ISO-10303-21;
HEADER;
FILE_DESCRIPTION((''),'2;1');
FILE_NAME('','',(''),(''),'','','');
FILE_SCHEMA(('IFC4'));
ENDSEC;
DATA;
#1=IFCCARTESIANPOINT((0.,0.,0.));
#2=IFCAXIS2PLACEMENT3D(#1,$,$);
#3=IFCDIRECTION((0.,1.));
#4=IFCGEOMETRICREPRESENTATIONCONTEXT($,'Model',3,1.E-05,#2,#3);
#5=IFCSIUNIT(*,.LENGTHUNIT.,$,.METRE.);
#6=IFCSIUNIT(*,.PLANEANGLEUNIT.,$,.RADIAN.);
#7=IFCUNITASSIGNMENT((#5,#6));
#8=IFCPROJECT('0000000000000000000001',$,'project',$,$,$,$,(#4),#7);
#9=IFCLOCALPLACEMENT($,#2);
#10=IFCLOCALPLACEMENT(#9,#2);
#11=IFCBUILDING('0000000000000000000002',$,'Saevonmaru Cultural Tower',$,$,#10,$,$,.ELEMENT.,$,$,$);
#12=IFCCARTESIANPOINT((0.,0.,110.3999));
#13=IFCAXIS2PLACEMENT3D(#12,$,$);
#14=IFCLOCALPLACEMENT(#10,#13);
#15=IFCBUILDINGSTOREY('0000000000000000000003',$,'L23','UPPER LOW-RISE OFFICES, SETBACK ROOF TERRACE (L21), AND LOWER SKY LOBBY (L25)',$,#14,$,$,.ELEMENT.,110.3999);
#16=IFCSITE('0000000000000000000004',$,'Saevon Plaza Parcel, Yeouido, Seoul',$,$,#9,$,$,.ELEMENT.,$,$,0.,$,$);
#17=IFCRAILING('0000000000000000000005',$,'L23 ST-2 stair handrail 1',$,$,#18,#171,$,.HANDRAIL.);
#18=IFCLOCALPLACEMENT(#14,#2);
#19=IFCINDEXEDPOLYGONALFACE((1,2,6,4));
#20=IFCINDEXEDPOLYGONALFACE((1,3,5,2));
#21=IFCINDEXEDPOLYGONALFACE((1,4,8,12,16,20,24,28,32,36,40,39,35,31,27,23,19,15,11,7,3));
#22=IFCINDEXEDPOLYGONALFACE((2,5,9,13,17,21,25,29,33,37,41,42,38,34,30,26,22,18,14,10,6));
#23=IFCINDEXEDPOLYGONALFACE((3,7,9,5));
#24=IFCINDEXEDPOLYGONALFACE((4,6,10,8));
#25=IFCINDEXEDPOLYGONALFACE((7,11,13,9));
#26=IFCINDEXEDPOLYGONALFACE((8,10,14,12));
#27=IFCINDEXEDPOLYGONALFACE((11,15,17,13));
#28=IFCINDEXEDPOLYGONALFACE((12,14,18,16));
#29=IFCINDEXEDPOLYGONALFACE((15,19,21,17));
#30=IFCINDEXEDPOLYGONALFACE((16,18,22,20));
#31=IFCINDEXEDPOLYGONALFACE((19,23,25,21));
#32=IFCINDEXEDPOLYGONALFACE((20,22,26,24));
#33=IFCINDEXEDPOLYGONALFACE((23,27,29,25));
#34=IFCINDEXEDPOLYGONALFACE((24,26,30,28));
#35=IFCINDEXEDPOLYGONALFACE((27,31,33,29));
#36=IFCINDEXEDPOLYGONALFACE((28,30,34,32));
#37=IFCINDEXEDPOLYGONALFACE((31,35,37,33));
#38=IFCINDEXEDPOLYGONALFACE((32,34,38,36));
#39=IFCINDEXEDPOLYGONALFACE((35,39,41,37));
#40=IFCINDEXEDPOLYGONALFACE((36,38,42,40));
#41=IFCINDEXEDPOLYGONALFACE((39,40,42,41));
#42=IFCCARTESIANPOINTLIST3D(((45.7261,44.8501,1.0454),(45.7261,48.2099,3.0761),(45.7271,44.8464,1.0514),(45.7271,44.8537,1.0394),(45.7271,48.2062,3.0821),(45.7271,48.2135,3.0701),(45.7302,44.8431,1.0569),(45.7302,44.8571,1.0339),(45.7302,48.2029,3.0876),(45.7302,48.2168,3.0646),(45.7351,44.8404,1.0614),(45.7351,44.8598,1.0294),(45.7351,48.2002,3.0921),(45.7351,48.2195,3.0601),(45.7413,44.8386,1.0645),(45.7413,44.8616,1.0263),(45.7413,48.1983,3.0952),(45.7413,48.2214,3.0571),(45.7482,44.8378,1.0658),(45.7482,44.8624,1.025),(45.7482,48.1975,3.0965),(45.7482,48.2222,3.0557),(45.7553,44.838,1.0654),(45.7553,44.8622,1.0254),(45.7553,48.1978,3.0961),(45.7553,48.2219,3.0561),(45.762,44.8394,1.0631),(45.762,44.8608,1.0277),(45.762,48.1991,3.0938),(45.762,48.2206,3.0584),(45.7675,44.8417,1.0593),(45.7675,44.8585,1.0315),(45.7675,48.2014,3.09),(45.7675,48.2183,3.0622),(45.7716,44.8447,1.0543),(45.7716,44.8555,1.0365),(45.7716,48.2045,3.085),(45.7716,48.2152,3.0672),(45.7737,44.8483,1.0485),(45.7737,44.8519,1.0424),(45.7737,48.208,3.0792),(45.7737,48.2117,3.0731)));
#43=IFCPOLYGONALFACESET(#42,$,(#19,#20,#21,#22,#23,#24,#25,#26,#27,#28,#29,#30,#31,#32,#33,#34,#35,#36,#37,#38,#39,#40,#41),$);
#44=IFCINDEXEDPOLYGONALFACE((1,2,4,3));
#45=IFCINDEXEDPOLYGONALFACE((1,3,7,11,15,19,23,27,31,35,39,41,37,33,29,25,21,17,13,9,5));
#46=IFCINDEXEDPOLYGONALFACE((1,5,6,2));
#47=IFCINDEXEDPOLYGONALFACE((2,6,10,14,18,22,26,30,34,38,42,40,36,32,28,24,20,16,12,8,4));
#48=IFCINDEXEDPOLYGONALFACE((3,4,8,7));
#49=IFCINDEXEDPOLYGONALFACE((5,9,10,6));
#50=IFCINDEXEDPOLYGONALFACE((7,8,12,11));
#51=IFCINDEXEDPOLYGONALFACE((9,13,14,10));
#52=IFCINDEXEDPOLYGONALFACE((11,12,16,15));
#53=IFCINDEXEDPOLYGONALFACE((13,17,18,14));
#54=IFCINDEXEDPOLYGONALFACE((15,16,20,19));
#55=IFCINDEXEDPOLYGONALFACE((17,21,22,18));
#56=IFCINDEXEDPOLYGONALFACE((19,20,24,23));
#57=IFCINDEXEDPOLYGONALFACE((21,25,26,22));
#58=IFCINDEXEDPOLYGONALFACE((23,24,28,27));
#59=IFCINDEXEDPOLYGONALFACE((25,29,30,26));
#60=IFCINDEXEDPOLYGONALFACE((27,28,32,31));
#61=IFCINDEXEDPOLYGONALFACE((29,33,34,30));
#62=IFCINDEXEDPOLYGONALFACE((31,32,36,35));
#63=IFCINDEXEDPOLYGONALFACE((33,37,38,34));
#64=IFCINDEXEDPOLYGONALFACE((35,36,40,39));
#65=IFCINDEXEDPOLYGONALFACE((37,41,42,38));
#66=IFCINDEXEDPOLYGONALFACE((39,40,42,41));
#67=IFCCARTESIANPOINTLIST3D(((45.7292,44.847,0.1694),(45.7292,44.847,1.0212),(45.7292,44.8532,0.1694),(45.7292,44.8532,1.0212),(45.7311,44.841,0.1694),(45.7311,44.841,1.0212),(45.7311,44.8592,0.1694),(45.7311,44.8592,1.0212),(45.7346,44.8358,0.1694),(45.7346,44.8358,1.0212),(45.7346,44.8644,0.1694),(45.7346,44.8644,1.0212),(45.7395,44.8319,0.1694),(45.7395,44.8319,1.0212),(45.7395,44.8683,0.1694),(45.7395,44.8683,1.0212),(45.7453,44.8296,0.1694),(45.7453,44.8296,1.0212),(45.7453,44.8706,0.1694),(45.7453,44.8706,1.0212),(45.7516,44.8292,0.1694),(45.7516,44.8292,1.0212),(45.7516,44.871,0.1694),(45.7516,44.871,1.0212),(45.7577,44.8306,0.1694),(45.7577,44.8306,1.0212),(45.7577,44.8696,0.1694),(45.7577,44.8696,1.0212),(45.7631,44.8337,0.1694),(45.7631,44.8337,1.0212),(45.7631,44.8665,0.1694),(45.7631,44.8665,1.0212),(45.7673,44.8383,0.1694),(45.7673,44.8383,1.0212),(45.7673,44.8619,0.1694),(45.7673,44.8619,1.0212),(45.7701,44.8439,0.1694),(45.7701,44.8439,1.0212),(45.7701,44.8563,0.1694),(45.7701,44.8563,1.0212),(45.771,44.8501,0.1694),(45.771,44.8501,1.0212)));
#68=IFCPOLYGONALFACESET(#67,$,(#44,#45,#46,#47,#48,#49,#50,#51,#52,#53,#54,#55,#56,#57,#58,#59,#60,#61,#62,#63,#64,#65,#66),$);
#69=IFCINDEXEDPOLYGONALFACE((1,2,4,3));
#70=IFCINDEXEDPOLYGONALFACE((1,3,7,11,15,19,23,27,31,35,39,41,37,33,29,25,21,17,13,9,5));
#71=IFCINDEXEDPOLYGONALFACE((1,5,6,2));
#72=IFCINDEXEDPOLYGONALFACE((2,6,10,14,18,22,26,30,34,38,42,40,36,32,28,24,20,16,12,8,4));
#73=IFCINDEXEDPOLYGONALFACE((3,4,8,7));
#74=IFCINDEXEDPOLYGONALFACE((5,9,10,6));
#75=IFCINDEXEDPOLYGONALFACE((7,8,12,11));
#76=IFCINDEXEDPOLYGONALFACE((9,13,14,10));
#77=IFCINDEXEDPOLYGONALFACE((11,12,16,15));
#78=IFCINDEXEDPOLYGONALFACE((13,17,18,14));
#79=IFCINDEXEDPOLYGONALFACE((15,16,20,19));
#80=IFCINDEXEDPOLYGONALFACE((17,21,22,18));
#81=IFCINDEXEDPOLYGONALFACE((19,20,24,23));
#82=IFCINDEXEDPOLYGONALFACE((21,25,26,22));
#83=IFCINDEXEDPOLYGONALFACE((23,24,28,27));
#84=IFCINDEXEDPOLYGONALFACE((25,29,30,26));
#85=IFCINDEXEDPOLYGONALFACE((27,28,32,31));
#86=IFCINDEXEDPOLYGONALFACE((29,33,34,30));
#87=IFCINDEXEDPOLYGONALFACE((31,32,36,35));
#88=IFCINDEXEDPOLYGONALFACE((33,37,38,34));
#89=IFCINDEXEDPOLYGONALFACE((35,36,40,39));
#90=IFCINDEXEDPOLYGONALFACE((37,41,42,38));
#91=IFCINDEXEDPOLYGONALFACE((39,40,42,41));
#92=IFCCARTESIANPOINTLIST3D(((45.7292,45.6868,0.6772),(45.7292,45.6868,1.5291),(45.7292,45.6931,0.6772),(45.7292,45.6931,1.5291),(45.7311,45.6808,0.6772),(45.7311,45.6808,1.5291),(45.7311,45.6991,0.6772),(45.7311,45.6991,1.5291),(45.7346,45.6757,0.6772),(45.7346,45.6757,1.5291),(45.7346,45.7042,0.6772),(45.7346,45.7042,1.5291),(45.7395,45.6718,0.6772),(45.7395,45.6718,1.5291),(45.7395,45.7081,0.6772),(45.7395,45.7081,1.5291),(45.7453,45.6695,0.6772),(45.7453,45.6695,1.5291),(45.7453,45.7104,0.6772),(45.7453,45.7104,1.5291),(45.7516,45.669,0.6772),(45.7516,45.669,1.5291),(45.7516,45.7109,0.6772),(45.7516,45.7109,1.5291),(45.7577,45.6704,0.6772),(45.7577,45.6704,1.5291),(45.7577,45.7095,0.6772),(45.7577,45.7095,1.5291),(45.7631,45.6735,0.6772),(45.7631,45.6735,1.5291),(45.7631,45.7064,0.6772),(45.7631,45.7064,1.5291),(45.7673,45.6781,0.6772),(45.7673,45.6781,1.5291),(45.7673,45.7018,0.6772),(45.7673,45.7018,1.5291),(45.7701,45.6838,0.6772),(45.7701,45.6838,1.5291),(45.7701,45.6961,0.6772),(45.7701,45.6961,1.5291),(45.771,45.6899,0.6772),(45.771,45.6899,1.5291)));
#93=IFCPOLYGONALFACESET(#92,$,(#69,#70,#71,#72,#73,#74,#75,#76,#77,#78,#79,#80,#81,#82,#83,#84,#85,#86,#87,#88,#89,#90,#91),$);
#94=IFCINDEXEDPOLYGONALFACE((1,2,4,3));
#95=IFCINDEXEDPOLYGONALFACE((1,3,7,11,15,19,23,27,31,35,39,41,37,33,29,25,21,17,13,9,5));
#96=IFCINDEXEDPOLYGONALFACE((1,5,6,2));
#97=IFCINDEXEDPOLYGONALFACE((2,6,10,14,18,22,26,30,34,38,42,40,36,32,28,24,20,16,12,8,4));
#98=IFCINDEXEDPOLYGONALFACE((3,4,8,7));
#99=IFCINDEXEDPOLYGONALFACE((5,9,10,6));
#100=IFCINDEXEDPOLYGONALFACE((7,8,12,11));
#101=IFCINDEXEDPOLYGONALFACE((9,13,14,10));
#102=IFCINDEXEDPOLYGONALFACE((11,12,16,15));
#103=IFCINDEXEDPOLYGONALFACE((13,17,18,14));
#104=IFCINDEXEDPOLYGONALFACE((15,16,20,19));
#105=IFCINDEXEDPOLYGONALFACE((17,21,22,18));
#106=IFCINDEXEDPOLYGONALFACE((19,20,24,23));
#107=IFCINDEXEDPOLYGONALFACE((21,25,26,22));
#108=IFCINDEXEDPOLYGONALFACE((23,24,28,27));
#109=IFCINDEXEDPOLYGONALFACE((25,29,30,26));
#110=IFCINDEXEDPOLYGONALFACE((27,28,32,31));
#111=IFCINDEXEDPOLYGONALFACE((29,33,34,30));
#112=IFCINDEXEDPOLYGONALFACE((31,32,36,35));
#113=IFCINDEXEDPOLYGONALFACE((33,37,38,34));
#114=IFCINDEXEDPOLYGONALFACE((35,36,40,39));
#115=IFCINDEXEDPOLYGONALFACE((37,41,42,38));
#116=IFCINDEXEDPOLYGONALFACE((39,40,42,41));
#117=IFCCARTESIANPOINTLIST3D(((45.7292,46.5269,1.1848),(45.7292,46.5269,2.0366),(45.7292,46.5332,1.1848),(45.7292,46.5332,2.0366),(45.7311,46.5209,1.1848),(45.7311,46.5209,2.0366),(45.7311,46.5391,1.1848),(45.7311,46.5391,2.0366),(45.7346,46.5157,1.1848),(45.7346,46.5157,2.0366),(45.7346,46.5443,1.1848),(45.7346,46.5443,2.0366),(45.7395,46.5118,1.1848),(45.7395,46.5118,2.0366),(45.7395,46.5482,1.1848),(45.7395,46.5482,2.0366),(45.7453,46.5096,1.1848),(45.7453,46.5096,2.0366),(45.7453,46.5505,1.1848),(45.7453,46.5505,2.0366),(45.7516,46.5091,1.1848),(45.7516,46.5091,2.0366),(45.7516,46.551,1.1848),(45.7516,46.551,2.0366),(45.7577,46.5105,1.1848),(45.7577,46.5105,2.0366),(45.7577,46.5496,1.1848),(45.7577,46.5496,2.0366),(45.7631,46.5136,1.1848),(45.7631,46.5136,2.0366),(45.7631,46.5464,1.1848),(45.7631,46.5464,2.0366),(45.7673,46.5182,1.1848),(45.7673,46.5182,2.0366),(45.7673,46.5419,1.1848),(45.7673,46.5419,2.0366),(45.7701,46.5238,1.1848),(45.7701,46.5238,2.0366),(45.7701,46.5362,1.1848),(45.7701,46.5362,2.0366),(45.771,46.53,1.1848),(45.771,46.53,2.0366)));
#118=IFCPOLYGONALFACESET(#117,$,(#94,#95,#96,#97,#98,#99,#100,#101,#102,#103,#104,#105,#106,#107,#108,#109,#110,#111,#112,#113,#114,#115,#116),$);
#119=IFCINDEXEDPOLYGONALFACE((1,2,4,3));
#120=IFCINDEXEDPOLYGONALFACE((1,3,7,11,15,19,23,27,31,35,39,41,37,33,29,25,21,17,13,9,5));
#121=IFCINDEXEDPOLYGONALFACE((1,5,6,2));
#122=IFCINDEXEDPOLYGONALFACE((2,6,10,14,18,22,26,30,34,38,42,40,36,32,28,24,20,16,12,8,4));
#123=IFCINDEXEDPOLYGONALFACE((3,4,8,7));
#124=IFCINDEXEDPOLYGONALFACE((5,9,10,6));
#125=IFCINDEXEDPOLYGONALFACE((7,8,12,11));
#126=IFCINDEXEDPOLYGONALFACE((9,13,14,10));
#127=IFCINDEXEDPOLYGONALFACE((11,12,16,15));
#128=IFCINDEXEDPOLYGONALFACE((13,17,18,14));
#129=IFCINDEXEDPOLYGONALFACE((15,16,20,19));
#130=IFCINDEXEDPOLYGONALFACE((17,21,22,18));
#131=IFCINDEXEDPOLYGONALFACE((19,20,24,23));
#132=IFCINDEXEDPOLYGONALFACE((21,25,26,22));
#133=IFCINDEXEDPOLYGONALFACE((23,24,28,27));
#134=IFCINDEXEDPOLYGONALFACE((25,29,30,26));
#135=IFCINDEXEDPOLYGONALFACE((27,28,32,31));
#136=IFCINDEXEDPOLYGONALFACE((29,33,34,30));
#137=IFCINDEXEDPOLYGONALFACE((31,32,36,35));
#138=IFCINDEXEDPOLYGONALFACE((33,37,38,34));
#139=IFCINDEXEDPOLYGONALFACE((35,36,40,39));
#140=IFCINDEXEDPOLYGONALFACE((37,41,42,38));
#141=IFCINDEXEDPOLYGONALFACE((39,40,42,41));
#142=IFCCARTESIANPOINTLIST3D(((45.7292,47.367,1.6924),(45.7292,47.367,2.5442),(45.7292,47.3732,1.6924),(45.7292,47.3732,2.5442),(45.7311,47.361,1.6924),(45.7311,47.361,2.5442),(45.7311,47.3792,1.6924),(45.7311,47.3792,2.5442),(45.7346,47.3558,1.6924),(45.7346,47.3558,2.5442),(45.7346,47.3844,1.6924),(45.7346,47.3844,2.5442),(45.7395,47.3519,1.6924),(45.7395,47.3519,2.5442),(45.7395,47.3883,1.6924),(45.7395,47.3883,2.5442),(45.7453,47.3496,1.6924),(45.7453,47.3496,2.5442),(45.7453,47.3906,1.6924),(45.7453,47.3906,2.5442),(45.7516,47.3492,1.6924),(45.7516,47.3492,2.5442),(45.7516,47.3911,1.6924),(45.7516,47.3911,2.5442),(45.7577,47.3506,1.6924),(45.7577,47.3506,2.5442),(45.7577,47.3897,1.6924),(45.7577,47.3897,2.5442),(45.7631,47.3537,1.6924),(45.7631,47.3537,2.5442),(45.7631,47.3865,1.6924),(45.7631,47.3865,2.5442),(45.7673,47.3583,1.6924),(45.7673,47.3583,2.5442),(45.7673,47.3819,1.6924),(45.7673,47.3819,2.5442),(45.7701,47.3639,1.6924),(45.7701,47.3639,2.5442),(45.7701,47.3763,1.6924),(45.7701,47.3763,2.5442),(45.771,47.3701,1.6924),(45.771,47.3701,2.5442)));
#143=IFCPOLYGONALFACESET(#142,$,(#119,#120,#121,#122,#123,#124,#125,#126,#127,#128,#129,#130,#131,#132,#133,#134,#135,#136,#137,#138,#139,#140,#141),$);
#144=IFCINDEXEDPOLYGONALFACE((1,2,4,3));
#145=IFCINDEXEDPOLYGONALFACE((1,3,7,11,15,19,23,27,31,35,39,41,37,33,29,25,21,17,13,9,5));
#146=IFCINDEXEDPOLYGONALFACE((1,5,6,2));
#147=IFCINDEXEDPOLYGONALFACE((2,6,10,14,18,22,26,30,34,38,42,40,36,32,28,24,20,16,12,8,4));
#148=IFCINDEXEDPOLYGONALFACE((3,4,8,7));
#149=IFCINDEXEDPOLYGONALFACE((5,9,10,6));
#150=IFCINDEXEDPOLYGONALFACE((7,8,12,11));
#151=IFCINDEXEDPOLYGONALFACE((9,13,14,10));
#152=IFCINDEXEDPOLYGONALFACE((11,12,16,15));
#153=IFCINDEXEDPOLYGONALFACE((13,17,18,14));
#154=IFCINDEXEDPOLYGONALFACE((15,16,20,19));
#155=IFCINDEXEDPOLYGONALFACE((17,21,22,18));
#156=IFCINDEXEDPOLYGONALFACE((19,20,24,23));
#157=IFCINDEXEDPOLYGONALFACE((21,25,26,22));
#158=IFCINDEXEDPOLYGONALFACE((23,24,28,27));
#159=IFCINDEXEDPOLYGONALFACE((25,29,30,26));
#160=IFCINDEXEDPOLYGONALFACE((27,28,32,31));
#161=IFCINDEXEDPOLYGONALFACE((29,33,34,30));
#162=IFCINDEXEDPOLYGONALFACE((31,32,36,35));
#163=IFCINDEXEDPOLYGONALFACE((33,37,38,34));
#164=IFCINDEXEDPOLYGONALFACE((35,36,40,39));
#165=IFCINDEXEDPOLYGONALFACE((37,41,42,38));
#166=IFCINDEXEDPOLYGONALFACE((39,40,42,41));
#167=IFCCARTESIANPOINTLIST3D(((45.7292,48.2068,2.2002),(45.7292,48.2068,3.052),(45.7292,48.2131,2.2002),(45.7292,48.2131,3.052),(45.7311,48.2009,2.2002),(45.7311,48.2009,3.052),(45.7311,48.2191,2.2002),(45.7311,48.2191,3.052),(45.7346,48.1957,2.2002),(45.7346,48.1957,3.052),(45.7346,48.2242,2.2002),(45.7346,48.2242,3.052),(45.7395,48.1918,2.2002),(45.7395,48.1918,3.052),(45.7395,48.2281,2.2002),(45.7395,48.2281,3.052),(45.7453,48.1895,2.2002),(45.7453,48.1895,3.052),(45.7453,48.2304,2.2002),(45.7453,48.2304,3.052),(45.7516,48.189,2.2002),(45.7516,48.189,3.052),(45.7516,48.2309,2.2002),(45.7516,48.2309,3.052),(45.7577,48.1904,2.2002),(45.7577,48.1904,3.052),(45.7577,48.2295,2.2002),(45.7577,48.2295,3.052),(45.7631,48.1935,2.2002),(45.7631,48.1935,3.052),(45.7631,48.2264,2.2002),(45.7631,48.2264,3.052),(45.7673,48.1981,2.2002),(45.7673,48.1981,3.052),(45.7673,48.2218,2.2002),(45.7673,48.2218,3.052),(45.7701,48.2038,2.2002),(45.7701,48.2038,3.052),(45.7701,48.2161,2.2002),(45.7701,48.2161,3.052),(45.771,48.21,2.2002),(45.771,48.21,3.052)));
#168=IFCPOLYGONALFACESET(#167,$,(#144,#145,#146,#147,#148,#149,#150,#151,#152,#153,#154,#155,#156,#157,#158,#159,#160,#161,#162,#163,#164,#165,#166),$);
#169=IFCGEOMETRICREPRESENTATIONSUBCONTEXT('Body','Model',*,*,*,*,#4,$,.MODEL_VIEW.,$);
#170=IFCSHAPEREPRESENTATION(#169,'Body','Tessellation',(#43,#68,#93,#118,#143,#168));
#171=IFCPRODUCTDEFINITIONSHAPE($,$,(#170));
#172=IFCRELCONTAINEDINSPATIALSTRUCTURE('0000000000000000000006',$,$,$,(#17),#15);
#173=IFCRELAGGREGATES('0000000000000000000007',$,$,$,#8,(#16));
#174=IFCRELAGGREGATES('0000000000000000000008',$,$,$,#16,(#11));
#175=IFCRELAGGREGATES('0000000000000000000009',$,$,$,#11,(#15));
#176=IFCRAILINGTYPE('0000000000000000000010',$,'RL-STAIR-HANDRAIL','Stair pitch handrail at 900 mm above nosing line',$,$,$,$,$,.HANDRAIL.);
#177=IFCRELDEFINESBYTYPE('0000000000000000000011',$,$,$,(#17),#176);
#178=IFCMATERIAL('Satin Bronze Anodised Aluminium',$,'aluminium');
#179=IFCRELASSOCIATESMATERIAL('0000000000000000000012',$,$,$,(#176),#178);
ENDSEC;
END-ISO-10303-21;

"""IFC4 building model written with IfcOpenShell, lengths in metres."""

from ifc_helpers import new_model, si_unit, direction, frame, origin, origin_2d, place, context, subcontext, project, spatial, circle, extrude, material, type_object, element, save


model = new_model("IFC4")

# Units and contexts
model_context = context("Model", 3, precision=1e-05, world=origin(), true_north=direction((0.0, 1.0)))
body_context = subcontext(model_context, "Body", "Model", "MODEL_VIEW")
ifc_project = project(units=[si_unit("LENGTHUNIT", "METRE"), si_unit("PLANEANGLEUNIT", "RADIAN")], contexts=[model_context])

# Site, building, storey
site_placement = place(None, origin())
site = spatial("IfcSite", under=ifc_project, at=site_placement, Name="Saevon Plaza Parcel, Yeouido, Seoul", CompositionType="ELEMENT", RefElevation=0.0)
building_placement = place(site_placement, origin())
building = spatial("IfcBuilding", under=site, at=building_placement, Name="Saevonmaru Cultural Tower", CompositionType="ELEMENT")
storey_placement = place(building_placement, frame((0.0, 0.0, 110.3999)))
storey = spatial("IfcBuildingStorey", under=building, at=storey_placement, Name="L23", Description="UPPER LOW-RISE OFFICES, SETBACK ROOF TERRACE (L21), AND LOWER SKY LOBBY (L25)", CompositionType="ELEMENT", Elevation=110.3999)

# Shared definitions
ifc_material_1 = material(Name="Satin Bronze Anodised Aluminium", Category="aluminium")

# Railing
railing_type_1 = type_object("IfcRailingType", Name="RL-STAIR-HANDRAIL", Description="Stair pitch handrail at 900 mm above nosing line", PredefinedType="HANDRAIL", material=ifc_material_1)
railing_1_placement = place(storey_placement, frame((45.75, 44.8501, 0.1694)))
element("IfcRailing", 1, at=railing_1_placement, inside=storey, type_object=railing_type_1, Name="L23 ST-2 stair handrail 1", PredefinedType="HANDRAIL", context=body_context, shape_type="SweptSolid", body=[
    extrude(circle(Radius=0.0239, at=origin_2d()), frame((0.0, 0.0, 0.876), z_axis=(0.0, 0.85582, 0.517273), x_axis=(-1.0, 0.0, 0.0)), (0.0, 0.0, 1.0), 3.9258),
    extrude(circle(Radius=0.021, at=origin_2d()), origin(), (0.0, 0.0, 1.0), 0.8518),
    extrude(circle(Radius=0.021, at=origin_2d()), frame((0.0, 0.8398, 0.5078)), (0.0, 0.0, 1.0), 0.8518),
    extrude(circle(Radius=0.021, at=origin_2d()), frame((0.0, 1.6799, 1.0154)), (0.0, 0.0, 1.0), 0.8518),
    extrude(circle(Radius=0.021, at=origin_2d()), frame((0.0, 2.52, 1.5229)), (0.0, 0.0, 1.0), 0.8518),
    extrude(circle(Radius=0.021, at=origin_2d()), frame((0.0, 3.3599, 2.0308)), (0.0, 0.0, 1.0), 0.8518),
])

save(model, "model.ifc")
